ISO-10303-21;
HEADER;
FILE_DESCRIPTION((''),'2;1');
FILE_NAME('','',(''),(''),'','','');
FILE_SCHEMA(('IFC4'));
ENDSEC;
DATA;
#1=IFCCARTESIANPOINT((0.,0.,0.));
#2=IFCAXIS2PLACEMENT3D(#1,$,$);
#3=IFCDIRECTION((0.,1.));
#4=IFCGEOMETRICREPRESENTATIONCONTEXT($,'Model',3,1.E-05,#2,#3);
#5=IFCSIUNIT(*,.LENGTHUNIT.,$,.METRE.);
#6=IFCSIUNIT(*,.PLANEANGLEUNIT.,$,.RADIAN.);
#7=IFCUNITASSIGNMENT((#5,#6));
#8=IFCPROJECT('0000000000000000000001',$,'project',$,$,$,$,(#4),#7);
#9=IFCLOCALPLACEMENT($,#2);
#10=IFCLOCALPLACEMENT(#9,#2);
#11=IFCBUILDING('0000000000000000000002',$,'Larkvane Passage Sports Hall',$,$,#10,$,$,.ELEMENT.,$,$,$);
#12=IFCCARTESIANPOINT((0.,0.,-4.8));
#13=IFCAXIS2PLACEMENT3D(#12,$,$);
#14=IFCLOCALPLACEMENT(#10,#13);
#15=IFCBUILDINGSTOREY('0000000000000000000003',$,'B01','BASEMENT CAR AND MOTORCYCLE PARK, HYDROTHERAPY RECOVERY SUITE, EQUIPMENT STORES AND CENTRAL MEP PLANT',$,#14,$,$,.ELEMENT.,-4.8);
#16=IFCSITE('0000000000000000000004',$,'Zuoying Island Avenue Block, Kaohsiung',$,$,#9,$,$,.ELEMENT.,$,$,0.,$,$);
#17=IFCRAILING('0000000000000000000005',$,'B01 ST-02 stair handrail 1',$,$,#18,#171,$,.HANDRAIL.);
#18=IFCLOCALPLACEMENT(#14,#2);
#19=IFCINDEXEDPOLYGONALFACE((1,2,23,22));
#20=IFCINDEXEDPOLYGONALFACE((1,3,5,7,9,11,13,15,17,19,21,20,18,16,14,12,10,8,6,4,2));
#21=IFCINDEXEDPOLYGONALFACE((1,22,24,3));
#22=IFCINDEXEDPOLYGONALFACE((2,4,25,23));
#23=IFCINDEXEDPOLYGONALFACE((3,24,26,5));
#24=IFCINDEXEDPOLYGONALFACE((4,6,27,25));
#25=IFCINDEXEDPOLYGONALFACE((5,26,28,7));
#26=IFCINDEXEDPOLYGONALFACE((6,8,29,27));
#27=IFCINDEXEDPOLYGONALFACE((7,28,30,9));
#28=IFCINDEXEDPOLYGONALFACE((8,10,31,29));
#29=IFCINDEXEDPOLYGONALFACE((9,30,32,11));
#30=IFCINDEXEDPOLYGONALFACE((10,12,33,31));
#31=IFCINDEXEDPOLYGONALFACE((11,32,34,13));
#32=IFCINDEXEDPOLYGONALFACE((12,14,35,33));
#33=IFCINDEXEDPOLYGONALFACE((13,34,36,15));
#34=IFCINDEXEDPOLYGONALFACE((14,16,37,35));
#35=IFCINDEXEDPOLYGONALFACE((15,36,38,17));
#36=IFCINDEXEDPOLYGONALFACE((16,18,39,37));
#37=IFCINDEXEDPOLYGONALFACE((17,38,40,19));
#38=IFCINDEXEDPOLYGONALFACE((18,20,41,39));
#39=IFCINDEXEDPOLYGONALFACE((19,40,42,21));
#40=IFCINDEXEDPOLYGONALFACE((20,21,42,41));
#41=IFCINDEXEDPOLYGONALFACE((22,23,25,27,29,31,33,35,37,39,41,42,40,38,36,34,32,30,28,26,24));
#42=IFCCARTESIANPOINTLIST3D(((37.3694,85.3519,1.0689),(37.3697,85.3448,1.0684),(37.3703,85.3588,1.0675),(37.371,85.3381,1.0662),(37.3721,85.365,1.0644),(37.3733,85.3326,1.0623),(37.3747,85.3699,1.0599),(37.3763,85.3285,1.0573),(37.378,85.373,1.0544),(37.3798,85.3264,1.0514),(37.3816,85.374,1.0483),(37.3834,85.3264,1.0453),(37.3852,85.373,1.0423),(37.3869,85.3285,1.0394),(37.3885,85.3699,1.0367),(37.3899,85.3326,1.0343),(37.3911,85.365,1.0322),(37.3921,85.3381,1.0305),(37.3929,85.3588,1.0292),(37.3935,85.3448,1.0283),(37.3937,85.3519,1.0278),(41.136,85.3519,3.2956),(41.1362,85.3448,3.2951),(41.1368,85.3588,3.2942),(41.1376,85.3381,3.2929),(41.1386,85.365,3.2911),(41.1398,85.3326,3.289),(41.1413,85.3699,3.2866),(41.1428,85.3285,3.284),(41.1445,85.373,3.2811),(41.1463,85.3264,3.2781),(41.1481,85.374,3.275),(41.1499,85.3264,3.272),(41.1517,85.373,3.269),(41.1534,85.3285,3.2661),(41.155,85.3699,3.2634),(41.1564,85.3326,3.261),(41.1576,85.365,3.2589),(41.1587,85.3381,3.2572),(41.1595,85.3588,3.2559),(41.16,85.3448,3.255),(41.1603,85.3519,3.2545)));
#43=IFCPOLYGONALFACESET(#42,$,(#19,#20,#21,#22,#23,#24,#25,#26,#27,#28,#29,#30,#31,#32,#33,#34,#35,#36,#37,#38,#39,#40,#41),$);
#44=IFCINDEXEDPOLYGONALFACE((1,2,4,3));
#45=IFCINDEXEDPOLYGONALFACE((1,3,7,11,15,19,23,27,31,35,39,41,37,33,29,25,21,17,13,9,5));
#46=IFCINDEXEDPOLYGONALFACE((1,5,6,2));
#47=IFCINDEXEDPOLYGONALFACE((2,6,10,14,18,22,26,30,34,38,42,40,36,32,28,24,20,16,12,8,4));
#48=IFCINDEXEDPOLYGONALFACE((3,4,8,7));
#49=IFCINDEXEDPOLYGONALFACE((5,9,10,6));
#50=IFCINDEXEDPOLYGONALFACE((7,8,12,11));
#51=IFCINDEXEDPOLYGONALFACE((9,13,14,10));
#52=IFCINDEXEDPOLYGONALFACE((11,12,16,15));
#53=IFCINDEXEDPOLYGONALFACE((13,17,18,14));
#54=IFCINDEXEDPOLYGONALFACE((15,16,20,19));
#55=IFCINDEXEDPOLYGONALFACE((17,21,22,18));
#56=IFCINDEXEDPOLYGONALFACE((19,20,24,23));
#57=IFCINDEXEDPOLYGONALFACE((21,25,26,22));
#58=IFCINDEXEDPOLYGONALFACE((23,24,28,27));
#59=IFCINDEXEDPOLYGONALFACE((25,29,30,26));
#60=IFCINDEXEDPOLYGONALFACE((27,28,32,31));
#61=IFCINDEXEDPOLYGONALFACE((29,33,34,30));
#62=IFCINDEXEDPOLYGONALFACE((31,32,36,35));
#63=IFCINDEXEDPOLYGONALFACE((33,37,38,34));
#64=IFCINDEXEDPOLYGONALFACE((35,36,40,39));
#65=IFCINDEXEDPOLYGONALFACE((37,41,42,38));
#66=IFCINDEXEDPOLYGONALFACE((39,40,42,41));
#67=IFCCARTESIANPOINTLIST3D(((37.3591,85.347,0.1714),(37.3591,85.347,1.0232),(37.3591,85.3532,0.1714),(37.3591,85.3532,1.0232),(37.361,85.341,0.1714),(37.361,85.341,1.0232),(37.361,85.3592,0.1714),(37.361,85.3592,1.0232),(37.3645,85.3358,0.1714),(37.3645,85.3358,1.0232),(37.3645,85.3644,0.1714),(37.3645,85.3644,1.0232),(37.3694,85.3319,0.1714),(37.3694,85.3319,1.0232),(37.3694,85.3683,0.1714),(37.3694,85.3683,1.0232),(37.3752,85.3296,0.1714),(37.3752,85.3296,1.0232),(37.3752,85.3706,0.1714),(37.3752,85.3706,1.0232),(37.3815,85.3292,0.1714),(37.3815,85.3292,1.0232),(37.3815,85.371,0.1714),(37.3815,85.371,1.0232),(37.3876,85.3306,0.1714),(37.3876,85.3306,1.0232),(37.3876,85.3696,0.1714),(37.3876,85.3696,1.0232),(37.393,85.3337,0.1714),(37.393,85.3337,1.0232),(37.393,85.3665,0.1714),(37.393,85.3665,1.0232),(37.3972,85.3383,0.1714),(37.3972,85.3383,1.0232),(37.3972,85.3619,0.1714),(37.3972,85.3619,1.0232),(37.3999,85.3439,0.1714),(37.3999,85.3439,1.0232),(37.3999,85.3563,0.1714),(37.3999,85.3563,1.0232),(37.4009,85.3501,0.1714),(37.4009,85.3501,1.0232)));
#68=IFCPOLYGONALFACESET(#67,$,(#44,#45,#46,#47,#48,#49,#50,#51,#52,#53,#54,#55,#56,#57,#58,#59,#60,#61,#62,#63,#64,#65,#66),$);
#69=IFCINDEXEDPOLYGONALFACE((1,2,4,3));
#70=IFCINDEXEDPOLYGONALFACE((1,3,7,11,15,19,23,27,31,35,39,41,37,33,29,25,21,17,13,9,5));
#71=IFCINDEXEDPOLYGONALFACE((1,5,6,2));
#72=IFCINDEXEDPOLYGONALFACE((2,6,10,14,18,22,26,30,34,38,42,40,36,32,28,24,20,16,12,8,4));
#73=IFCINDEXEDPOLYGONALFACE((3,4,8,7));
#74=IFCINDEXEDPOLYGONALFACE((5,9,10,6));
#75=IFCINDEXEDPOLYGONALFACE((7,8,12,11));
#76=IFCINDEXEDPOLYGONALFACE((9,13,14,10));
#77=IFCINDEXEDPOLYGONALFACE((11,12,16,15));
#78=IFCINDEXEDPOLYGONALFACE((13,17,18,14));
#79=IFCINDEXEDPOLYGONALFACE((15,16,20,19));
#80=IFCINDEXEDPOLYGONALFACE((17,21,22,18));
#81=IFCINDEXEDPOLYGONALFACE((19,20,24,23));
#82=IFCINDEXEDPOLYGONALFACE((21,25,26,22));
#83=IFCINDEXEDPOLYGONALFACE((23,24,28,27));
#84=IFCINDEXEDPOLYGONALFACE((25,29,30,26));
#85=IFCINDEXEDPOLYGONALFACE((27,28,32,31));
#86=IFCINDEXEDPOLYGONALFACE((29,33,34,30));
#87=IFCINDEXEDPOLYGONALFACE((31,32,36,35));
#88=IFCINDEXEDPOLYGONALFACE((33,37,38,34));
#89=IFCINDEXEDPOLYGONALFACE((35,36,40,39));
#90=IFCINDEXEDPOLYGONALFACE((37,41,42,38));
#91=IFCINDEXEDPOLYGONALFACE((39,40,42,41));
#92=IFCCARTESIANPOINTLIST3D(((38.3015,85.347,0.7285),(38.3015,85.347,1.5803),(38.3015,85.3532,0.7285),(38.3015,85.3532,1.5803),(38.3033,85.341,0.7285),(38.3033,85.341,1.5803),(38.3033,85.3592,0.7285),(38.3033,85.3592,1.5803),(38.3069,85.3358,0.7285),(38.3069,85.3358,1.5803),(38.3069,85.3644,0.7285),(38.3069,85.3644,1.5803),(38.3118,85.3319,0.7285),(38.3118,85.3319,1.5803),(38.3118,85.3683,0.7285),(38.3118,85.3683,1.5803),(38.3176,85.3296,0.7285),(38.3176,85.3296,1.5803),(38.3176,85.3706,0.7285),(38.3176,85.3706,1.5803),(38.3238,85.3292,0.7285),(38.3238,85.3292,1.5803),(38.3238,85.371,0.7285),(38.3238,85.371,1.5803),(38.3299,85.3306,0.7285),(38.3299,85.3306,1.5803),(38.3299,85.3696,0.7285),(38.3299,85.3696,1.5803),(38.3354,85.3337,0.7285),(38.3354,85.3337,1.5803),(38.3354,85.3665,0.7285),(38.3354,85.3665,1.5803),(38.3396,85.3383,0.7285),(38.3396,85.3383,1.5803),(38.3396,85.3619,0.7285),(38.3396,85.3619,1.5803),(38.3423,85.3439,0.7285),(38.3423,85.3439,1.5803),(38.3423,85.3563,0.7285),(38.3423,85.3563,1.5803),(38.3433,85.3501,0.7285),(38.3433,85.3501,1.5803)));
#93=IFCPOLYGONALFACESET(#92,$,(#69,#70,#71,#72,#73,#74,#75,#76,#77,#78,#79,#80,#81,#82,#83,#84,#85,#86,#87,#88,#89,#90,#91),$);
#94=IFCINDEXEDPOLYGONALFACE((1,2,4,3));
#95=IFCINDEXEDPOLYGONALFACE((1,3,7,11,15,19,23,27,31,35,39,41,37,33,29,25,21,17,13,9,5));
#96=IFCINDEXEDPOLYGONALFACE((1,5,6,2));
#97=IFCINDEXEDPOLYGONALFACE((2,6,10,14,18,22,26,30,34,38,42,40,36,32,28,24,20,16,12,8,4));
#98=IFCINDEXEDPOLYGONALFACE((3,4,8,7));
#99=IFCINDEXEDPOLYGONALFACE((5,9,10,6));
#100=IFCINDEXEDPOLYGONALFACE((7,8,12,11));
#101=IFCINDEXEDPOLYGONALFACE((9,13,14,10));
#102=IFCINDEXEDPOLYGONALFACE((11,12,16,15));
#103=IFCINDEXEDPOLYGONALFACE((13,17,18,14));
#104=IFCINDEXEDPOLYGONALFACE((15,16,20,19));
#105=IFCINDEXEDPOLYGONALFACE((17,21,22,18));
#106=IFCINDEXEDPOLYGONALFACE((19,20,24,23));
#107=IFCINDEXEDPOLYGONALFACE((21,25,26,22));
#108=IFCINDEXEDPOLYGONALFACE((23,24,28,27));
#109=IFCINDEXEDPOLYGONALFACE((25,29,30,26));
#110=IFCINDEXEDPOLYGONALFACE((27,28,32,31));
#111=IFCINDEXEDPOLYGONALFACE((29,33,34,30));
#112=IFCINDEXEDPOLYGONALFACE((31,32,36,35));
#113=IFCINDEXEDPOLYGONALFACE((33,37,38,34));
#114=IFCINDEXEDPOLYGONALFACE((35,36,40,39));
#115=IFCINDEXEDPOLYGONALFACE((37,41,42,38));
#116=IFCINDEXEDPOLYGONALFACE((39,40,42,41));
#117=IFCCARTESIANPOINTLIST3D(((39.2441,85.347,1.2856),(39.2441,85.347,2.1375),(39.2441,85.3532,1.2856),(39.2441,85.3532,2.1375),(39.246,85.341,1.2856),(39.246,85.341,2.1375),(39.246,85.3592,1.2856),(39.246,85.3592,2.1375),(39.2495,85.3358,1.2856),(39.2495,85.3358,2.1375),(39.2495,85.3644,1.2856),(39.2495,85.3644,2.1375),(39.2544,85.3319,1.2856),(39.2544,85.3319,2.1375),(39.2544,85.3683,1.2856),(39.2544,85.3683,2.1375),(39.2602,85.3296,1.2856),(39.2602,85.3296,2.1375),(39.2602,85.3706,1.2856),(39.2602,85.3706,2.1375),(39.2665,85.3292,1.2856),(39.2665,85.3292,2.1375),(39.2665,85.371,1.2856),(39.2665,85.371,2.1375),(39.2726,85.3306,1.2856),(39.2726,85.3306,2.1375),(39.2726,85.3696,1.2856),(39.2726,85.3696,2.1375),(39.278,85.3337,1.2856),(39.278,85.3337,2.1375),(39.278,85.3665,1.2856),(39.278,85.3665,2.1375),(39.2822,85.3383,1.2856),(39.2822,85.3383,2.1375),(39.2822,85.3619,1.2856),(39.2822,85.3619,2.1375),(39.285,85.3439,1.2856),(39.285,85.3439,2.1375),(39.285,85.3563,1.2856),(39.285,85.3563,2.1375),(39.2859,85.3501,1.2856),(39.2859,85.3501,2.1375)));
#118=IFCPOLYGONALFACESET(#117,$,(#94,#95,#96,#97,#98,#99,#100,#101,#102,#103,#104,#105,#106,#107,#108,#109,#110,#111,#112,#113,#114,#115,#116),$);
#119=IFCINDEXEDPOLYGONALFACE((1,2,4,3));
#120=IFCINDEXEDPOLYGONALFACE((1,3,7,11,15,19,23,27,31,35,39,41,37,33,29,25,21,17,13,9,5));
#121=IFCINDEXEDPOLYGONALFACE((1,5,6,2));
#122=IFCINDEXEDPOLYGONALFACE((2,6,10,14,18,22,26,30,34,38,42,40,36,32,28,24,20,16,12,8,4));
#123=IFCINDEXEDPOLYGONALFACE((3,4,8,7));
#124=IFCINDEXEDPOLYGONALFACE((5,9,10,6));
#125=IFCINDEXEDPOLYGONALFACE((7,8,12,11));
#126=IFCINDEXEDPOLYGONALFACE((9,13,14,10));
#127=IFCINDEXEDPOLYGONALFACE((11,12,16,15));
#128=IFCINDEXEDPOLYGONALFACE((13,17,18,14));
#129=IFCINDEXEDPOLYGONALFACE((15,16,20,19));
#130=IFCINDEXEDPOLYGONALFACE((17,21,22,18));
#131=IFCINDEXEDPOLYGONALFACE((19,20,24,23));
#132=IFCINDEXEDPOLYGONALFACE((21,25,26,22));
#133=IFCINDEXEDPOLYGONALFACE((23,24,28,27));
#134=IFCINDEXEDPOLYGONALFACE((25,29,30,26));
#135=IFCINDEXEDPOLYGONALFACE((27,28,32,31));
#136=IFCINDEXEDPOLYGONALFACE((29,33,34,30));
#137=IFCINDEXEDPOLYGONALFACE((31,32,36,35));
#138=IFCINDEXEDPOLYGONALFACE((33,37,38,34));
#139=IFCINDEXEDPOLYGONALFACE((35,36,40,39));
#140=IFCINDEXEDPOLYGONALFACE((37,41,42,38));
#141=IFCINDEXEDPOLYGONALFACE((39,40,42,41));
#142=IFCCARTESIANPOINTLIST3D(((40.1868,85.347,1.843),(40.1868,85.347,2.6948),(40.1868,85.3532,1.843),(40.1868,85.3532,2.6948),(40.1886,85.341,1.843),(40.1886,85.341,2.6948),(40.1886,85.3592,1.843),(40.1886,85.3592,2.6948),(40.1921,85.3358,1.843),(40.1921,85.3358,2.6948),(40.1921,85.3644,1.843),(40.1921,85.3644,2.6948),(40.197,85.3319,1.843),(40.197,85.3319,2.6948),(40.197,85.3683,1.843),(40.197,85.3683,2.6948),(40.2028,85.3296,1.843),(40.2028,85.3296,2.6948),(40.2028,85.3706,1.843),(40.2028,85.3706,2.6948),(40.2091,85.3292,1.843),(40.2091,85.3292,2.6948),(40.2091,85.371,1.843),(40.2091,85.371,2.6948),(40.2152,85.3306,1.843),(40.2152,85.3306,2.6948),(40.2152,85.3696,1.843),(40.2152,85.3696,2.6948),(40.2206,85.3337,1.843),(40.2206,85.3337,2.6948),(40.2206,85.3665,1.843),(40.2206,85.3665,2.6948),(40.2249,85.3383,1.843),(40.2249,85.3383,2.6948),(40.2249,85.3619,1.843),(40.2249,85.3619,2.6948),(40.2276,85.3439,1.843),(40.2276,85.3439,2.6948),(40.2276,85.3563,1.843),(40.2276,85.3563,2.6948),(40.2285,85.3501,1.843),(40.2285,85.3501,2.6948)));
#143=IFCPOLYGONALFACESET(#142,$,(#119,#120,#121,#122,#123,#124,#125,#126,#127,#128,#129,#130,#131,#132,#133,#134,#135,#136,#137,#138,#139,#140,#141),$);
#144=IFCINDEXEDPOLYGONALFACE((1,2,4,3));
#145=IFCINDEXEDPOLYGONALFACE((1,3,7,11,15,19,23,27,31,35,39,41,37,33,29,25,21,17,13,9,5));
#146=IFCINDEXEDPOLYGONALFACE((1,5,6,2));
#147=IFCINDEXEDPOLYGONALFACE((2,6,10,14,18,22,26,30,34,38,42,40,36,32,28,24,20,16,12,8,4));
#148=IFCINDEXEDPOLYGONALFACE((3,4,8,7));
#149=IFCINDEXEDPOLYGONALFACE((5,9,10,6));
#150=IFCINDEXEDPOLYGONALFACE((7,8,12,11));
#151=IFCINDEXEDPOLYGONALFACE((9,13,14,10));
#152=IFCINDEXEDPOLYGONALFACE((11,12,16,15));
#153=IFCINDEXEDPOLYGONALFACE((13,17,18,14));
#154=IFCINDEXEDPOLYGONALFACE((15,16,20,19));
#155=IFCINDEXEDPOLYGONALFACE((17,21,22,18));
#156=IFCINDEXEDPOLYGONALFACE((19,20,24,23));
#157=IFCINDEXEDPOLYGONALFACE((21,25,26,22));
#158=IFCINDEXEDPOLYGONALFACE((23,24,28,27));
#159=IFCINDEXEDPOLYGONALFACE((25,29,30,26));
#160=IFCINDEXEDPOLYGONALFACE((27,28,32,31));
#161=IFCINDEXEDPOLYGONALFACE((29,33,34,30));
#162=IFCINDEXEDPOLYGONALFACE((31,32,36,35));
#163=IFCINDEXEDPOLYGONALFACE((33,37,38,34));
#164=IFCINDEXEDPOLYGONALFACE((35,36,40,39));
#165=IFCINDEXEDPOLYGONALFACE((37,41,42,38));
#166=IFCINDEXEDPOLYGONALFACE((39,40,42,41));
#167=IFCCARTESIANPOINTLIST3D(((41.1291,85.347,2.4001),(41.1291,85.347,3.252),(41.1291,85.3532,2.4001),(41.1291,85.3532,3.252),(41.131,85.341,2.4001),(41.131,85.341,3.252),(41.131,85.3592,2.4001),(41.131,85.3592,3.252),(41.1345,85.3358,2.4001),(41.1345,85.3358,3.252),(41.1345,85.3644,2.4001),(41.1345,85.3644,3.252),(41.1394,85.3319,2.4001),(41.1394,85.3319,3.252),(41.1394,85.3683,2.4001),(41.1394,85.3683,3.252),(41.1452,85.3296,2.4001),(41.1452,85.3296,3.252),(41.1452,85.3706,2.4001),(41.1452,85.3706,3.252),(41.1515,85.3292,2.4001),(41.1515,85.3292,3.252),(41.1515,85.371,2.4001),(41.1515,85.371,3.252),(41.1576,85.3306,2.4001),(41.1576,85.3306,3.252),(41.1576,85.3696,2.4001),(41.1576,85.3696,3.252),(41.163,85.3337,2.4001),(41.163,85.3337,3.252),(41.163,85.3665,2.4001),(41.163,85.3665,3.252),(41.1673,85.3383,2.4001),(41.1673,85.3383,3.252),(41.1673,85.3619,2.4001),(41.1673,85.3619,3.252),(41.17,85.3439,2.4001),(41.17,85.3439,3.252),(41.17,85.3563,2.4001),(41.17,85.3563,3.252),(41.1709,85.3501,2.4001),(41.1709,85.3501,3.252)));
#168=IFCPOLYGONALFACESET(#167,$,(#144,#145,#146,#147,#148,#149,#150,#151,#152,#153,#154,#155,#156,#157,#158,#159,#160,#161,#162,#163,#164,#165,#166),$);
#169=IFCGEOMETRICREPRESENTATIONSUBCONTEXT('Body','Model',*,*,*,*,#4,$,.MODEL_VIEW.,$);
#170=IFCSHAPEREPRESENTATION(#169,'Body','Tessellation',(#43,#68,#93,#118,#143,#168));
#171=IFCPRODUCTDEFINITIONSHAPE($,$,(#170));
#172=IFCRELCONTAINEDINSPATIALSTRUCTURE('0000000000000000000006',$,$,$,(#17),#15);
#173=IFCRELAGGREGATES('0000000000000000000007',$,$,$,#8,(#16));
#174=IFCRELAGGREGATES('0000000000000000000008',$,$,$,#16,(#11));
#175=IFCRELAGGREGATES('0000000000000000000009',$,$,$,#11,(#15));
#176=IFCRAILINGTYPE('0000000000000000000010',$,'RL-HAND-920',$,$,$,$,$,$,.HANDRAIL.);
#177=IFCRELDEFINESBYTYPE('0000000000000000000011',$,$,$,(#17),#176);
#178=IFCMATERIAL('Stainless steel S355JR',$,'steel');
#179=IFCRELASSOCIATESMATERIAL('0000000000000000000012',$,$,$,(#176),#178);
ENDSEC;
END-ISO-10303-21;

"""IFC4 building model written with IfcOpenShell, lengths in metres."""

from ifc_helpers import new_model, si_unit, direction, frame, origin, origin_2d, place, context, subcontext, project, spatial, circle, extrude, material, type_object, element, save


model = new_model("IFC4")

# Units and contexts
model_context = context("Model", 3, precision=1e-05, world=origin(), true_north=direction((0.0, 1.0)))
body_context = subcontext(model_context, "Body", "Model", "MODEL_VIEW")
ifc_project = project(units=[si_unit("LENGTHUNIT", "METRE"), si_unit("PLANEANGLEUNIT", "RADIAN")], contexts=[model_context])

# Site, building, storey
site_placement = place(None, origin())
site = spatial("IfcSite", under=ifc_project, at=site_placement, Name="Zuoying Island Avenue Block, Kaohsiung", CompositionType="ELEMENT", RefElevation=0.0)
building_placement = place(site_placement, origin())
building = spatial("IfcBuilding", under=site, at=building_placement, Name="Larkvane Passage Sports Hall", CompositionType="ELEMENT")
storey_placement = place(building_placement, frame((0.0, 0.0, -4.8)))
storey = spatial("IfcBuildingStorey", under=building, at=storey_placement, Name="B01", Description="BASEMENT CAR AND MOTORCYCLE PARK, HYDROTHERAPY RECOVERY SUITE, EQUIPMENT STORES AND CENTRAL MEP PLANT", CompositionType="ELEMENT", Elevation=-4.8)

# Railing
ifc_material_1 = material(Name="Stainless steel S355JR", Category="steel")
railing_type_1 = type_object("IfcRailingType", Name="RL-HAND-920", PredefinedType="HANDRAIL", material=ifc_material_1)
railing_1_placement = place(storey_placement, frame((37.3799, 85.3501, 0.1714)))
element("IfcRailing", 1, at=railing_1_placement, inside=storey, type_object=railing_type_1, Name="B01 ST-02 stair handrail 1", PredefinedType="HANDRAIL", context=body_context, shape_type="SweptSolid", body=[
    extrude(circle(Radius=0.0239, at=origin_2d()), frame((0.0017, 0.0, 0.877), z_axis=(0.860824, 0.0, 0.508902), x_axis=(0.0, 1.0, 0.0)), (0.0, 0.0, 1.0), 4.3755),
    extrude(circle(Radius=0.021, at=origin_2d()), origin(), (0.0, 0.0, 1.0), 0.8518),
    extrude(circle(Radius=0.021, at=origin_2d()), frame((0.9424, 0.0, 0.5571)), (0.0, 0.0, 1.0), 0.8518),
    extrude(circle(Radius=0.021, at=origin_2d()), frame((1.885, 0.0, 1.1143)), (0.0, 0.0, 1.0), 0.8518),
    extrude(circle(Radius=0.021, at=origin_2d()), frame((2.8276, 0.0, 1.6716)), (0.0, 0.0, 1.0), 0.8518),
    extrude(circle(Radius=0.021, at=origin_2d()), frame((3.77, 0.0, 2.2288)), (0.0, 0.0, 1.0), 0.8518),
])

save(model, "model.ifc")
